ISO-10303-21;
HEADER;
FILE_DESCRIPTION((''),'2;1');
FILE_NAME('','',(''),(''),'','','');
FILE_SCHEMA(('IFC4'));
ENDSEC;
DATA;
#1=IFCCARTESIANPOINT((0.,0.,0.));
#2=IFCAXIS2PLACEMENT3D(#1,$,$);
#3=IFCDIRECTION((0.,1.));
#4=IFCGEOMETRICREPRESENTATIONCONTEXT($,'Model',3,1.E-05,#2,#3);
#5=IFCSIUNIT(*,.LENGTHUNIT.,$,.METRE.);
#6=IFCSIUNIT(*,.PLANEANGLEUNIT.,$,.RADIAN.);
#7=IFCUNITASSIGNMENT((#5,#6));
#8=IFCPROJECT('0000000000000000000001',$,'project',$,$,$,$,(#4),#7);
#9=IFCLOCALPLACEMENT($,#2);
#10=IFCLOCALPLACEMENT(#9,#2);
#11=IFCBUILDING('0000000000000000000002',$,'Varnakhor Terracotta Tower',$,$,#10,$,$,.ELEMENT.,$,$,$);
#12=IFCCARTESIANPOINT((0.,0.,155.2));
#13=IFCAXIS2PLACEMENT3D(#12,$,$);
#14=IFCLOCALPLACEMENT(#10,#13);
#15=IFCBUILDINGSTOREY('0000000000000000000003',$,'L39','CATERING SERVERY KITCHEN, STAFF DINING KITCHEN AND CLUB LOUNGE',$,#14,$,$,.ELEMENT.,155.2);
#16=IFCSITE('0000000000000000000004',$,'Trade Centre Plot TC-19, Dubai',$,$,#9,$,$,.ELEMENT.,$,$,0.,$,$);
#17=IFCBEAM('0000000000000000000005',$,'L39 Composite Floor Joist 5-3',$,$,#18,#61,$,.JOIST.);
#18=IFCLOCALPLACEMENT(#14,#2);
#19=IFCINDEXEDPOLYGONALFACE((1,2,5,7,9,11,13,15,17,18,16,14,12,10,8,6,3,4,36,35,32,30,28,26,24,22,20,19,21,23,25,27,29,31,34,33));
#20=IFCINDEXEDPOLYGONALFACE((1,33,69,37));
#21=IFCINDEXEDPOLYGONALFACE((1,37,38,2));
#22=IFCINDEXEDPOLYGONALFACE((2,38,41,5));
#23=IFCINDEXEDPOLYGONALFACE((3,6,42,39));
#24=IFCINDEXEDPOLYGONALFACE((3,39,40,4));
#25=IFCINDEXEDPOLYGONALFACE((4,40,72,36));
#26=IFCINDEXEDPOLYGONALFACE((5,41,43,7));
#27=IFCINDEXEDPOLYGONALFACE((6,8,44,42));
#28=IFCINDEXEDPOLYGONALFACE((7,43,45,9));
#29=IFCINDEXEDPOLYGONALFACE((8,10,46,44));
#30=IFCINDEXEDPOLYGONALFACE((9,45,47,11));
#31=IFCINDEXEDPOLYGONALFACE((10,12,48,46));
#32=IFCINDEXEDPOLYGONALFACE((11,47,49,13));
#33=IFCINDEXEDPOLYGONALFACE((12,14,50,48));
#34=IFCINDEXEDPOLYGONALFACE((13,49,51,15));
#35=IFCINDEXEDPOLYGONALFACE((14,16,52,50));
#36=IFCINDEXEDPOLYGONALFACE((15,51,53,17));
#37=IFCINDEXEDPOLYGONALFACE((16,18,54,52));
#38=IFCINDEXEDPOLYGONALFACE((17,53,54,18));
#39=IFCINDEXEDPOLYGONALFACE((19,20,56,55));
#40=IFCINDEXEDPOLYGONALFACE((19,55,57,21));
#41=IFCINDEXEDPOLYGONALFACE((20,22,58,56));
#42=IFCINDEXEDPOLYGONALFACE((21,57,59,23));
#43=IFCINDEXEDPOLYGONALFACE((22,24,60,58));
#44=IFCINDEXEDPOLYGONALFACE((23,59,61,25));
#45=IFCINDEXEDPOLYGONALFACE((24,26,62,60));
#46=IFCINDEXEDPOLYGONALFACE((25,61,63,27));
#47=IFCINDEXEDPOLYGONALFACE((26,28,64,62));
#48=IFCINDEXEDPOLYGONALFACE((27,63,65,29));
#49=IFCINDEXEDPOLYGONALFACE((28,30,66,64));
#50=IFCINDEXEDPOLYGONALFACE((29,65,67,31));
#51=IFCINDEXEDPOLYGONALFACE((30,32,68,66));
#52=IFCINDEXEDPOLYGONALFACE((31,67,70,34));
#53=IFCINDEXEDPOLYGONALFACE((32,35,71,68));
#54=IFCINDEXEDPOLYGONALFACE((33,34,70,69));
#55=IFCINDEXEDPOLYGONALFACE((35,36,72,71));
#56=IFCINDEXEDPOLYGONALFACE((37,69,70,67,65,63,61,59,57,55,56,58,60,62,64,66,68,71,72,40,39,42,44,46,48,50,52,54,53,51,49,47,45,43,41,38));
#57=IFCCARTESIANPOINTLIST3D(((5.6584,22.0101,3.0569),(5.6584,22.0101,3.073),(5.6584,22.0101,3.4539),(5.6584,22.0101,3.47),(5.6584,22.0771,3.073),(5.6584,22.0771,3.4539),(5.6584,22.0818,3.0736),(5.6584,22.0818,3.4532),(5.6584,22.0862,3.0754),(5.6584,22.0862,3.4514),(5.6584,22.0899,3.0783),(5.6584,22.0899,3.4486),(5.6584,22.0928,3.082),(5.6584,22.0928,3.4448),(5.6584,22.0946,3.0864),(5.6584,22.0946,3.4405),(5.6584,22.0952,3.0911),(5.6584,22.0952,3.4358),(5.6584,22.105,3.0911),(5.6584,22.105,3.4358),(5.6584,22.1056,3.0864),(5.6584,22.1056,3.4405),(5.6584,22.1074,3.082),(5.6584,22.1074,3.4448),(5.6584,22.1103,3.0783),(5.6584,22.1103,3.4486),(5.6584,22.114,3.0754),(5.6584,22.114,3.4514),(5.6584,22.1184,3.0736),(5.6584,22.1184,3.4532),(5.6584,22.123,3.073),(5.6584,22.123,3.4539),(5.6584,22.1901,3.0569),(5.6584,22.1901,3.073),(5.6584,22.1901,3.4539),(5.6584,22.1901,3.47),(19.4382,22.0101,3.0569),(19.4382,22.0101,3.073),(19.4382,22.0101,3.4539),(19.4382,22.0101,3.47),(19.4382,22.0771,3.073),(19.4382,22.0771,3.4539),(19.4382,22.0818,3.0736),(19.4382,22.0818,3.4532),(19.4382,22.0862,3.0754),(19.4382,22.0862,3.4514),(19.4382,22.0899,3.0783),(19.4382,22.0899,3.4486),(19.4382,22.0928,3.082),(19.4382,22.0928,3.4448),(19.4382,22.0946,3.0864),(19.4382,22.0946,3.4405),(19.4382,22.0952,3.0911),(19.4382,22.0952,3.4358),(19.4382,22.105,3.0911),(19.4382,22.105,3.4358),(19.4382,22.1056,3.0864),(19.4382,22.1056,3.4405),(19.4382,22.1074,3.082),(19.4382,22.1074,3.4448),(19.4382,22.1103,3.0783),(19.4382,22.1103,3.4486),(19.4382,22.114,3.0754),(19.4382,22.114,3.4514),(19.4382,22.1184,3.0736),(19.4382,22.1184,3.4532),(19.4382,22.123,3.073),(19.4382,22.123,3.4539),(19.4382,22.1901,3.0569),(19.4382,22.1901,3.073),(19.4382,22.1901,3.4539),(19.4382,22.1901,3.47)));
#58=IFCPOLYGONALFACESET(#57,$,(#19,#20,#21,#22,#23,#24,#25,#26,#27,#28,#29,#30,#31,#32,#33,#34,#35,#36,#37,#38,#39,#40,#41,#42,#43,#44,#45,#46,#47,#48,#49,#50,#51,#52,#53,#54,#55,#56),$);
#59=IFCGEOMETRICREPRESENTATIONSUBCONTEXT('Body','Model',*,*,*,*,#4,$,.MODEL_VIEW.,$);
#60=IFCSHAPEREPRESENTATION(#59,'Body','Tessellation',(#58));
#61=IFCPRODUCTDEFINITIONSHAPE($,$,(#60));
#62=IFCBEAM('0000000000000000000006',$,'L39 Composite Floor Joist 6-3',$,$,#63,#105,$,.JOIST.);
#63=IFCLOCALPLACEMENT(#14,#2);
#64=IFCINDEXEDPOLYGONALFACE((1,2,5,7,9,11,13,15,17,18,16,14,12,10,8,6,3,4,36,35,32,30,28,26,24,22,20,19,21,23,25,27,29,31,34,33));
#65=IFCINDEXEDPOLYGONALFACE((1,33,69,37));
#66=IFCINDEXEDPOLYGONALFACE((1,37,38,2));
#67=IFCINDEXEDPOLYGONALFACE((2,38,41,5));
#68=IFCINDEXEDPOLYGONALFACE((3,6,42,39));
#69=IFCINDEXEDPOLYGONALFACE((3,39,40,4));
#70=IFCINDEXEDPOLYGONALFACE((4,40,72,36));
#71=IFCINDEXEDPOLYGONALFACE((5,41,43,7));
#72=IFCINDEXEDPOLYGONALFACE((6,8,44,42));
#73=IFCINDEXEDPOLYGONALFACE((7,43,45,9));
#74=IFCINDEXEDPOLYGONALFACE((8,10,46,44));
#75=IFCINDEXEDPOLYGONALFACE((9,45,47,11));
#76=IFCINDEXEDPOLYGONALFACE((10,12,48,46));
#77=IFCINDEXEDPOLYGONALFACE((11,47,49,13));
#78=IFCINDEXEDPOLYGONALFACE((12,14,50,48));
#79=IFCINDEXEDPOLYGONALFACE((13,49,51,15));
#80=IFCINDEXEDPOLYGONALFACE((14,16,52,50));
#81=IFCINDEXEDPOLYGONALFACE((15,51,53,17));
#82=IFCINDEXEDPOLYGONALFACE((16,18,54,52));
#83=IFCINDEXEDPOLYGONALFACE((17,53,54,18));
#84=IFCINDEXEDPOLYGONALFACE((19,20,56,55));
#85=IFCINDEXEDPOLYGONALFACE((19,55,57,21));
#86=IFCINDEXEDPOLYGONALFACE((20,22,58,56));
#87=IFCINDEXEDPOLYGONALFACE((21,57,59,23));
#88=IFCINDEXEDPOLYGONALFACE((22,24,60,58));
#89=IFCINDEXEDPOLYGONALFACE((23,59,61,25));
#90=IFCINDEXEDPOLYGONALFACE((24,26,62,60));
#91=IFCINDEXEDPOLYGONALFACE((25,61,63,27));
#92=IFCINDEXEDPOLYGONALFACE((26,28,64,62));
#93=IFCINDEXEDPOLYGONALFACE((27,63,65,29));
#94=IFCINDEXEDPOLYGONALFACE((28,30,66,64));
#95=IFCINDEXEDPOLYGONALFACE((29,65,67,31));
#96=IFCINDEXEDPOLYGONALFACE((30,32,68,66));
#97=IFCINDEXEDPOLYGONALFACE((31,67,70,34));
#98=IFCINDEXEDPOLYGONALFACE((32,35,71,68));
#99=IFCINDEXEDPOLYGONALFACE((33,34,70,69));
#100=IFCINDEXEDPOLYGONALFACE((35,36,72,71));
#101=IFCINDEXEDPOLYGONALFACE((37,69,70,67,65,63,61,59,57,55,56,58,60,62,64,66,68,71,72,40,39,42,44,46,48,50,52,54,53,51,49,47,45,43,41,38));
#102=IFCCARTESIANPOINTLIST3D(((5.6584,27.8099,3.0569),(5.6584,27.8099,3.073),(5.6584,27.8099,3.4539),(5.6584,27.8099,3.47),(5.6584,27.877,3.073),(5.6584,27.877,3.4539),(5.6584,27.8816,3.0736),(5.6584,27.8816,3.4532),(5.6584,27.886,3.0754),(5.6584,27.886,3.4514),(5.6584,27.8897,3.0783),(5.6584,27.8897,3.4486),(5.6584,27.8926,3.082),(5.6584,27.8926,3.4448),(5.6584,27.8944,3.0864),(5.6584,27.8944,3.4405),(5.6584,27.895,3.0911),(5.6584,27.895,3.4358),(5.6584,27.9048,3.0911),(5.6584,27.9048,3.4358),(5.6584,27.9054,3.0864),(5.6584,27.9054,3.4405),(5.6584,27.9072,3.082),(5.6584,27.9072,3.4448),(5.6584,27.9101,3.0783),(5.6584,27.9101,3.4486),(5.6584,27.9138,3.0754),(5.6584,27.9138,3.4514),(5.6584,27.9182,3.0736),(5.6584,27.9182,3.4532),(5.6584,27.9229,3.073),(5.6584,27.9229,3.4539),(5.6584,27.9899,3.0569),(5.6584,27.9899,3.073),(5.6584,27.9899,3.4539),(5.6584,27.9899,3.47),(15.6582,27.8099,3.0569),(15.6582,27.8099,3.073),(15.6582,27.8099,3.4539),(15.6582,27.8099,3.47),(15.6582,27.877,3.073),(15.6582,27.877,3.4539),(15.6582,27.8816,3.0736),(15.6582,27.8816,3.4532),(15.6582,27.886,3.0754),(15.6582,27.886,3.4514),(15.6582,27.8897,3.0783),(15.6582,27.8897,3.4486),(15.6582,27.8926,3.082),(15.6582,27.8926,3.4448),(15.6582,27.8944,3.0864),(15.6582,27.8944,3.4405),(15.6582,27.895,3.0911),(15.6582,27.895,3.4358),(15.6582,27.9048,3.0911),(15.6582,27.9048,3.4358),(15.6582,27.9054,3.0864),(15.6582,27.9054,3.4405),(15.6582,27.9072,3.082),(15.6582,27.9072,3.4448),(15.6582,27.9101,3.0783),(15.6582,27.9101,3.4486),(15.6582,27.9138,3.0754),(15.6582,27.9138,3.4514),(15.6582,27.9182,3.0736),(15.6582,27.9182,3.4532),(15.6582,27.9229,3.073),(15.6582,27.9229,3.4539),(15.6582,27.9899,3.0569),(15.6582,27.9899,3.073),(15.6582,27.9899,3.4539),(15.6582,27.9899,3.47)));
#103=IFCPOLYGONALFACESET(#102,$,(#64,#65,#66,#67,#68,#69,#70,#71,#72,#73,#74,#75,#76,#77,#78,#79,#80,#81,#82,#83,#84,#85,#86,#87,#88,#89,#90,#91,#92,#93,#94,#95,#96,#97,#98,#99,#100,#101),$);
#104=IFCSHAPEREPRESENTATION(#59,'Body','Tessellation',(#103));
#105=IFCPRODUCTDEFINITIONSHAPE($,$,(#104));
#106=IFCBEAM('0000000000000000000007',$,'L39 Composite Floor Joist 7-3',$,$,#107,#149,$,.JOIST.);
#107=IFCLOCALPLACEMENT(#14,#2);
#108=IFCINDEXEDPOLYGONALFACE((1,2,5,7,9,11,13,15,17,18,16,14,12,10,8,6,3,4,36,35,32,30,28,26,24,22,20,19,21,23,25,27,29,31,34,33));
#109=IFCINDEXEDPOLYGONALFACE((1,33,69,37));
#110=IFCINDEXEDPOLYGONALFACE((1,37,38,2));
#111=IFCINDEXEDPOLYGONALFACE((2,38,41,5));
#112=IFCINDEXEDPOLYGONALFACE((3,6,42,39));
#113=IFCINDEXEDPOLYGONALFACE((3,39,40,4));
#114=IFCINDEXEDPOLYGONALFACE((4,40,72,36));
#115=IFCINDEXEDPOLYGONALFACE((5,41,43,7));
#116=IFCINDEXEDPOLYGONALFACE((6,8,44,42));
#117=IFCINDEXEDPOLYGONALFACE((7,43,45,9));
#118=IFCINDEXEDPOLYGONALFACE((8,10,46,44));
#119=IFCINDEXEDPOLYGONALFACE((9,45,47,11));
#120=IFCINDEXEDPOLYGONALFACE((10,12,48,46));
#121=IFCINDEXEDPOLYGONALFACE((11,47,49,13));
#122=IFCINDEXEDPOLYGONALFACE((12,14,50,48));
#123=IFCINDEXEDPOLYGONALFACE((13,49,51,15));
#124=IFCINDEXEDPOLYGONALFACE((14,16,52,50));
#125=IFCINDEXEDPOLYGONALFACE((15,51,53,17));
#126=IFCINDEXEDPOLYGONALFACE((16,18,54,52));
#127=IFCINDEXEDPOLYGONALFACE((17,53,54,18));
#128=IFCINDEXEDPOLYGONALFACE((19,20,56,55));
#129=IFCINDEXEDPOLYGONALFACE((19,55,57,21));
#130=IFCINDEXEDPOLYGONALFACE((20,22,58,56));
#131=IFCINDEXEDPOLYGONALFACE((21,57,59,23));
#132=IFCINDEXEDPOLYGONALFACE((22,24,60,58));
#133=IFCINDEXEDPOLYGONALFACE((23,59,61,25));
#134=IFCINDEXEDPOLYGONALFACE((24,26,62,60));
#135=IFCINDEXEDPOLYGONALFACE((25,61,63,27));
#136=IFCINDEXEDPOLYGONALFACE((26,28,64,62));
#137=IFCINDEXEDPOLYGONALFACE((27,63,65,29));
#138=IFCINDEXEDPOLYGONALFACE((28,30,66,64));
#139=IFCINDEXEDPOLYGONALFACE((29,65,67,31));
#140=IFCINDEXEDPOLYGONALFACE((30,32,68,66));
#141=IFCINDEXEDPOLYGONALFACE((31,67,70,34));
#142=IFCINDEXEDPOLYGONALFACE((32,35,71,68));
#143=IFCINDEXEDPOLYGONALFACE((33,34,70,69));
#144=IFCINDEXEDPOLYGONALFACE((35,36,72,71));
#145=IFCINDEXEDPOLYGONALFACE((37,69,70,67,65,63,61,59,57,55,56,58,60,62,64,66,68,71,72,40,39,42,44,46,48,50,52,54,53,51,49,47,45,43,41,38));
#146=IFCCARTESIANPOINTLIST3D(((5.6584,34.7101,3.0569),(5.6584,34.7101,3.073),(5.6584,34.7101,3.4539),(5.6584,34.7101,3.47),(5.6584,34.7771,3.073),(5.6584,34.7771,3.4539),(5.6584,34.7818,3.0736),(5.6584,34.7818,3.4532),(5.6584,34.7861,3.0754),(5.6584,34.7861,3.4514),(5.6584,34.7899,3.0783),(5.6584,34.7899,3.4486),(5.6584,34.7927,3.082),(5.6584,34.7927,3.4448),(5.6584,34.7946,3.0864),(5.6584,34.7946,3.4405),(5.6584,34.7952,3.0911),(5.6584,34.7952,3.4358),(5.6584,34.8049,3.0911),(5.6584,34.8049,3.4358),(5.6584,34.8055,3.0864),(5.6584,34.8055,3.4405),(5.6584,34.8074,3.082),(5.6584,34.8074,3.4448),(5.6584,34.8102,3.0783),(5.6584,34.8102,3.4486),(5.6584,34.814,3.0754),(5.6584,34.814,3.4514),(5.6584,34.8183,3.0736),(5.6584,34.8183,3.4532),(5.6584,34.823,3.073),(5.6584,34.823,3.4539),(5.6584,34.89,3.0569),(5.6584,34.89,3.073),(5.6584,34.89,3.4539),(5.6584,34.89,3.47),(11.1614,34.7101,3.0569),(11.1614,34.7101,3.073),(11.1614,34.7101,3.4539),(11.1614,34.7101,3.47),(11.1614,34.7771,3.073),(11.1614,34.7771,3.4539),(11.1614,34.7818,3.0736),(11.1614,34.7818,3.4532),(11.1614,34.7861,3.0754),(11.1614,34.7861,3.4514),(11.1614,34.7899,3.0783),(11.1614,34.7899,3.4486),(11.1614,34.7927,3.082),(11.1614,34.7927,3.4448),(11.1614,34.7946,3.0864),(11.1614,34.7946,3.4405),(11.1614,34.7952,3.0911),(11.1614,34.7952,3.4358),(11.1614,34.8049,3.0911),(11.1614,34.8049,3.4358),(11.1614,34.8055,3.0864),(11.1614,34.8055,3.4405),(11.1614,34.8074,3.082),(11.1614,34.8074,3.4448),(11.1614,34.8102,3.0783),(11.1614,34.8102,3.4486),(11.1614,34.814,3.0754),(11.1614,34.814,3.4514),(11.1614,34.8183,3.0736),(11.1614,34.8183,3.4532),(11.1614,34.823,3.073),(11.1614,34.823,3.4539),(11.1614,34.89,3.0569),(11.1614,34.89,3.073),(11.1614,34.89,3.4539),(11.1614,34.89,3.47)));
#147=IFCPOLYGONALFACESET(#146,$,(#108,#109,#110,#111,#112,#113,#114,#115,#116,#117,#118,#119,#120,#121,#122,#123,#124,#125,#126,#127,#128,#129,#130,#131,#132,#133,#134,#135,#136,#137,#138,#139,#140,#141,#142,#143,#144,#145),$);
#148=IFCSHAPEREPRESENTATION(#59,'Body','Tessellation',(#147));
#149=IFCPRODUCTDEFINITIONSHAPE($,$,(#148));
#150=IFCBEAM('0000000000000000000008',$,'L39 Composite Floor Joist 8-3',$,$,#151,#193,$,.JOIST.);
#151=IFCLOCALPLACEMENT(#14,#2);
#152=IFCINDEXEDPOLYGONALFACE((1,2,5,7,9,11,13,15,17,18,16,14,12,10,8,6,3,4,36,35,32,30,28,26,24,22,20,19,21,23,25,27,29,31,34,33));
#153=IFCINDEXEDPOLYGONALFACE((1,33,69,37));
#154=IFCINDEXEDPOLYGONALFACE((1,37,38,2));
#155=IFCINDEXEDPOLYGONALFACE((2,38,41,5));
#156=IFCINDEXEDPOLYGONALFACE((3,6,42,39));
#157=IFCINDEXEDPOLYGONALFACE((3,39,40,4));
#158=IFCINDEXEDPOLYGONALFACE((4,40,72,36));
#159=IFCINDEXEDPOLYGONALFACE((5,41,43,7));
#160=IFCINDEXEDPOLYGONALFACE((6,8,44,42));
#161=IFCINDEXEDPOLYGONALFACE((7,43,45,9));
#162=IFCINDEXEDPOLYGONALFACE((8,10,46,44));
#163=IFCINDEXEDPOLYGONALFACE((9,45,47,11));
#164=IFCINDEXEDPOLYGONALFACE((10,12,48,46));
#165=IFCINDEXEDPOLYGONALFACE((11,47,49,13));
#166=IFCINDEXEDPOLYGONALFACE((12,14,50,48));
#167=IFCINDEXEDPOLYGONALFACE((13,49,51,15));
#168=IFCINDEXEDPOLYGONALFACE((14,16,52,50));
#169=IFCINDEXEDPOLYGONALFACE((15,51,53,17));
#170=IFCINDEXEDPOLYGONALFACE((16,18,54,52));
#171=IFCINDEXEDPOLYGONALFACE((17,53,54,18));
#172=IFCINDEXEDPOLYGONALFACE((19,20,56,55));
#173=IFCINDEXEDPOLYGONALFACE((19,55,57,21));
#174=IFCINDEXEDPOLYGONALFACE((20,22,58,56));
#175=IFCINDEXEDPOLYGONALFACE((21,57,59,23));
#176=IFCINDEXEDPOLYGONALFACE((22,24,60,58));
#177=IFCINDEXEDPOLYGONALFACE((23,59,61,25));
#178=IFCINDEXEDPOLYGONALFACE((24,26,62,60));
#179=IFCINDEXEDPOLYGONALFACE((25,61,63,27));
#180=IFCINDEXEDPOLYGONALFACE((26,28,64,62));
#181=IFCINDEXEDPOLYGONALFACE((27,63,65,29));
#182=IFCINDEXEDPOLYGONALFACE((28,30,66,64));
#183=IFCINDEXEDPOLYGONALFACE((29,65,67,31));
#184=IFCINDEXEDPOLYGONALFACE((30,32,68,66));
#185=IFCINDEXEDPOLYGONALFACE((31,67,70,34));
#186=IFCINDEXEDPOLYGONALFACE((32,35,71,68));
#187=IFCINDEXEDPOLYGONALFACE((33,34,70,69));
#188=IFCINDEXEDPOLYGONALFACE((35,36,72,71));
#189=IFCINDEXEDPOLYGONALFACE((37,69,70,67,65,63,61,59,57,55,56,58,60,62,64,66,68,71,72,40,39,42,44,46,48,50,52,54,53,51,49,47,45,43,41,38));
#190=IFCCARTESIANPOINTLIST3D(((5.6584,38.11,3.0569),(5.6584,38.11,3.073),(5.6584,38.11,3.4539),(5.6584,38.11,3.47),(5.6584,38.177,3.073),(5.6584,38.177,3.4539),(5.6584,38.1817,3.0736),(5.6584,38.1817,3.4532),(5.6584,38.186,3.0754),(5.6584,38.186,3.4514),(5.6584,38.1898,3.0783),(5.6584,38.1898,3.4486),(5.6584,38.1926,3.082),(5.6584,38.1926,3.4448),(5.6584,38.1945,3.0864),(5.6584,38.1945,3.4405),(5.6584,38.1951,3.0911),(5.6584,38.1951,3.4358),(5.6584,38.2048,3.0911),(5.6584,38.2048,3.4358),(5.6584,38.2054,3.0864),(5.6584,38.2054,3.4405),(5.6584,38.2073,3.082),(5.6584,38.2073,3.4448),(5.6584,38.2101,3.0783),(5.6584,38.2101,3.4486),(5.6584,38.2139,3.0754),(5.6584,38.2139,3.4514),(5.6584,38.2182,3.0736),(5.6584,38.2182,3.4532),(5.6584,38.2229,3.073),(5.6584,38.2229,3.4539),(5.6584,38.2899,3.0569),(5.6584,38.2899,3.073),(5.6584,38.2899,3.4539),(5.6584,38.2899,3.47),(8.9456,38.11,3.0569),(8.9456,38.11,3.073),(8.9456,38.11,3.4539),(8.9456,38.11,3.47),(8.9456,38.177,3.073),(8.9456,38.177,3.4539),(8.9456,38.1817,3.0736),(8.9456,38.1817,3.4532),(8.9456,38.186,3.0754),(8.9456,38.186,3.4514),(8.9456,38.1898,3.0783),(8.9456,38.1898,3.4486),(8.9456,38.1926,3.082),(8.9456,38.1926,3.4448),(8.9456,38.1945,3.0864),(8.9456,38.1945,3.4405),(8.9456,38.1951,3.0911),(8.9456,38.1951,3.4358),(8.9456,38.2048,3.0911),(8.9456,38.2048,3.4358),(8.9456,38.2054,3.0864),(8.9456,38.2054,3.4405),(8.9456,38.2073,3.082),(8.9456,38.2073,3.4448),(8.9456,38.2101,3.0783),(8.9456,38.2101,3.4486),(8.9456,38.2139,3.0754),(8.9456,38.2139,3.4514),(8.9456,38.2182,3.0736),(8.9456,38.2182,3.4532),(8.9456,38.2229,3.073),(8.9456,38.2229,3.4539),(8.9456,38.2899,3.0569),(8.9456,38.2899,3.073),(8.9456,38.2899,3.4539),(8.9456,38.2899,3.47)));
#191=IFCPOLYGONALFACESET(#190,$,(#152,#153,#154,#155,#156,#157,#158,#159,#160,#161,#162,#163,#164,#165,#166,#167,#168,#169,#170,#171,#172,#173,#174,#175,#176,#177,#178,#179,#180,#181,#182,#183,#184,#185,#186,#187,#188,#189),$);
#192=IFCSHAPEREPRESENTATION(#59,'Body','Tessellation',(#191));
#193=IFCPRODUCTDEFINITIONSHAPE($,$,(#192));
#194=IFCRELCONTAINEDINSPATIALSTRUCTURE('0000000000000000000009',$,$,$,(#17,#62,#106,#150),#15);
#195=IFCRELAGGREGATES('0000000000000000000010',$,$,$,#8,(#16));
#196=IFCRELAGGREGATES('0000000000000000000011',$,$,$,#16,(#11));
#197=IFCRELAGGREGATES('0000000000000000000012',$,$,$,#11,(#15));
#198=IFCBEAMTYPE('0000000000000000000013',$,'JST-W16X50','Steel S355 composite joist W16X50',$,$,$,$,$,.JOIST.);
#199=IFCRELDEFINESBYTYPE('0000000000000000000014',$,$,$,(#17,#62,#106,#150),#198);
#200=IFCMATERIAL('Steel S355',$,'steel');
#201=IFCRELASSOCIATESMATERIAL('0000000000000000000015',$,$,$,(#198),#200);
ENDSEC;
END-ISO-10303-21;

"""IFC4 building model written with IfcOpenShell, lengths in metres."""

from ifc_helpers import new_model, si_unit, direction, frame, origin, origin_2d, place, context, subcontext, project, spatial, i_section, extrude, source, transform, mapped, material, material_profile, profile_set, type_object, element, save


model = new_model("IFC4")

# Units and contexts
model_context = context("Model", 3, precision=1e-05, world=origin(), true_north=direction((0.0, 1.0)))
body_context = subcontext(model_context, "Body", "Model", "MODEL_VIEW")
ifc_project = project(units=[si_unit("LENGTHUNIT", "METRE"), si_unit("PLANEANGLEUNIT", "RADIAN")], contexts=[model_context])

# Site, building, storey
site_placement = place(None, origin())
site = spatial("IfcSite", under=ifc_project, at=site_placement, Name="Trade Centre Plot TC-19, Dubai", CompositionType="ELEMENT", RefElevation=0.0)
building_placement = place(site_placement, origin())
building = spatial("IfcBuilding", under=site, at=building_placement, Name="Varnakhor Terracotta Tower", CompositionType="ELEMENT")
storey_placement = place(building_placement, frame((0.0, 0.0, 155.2)))
storey = spatial("IfcBuildingStorey", under=building, at=storey_placement, Name="L39", Description="CATERING SERVERY KITCHEN, STAFF DINING KITCHEN AND CLUB LOUNGE", CompositionType="ELEMENT", Elevation=155.2)

# Beams
ifc_material_1 = material(Name="Steel S355", Category="steel")
ifc_material_profile_1 = material_profile(ifc_material_1, i_section(OverallWidth=0.1799, OverallDepth=0.4131, WebThickness=0.0098, FlangeThickness=0.0161, FilletRadius=0.0181, at=origin_2d()), Name="W16X50")
ifc_profile_set_1 = profile_set([ifc_material_profile_1], Name="Steel S355")
beam_type_1 = type_object("IfcBeamType", Name="JST-W16X50", Description="Steel S355 composite joist W16X50", PredefinedType="JOIST", material=ifc_profile_set_1)
shared_shape_1 = source(origin(), body_context, "Body", "SweptSolid", [
    extrude(i_section(OverallWidth=0.1799, OverallDepth=0.4131, WebThickness=0.0098, FlangeThickness=0.0161, FilletRadius=0.0181, at=origin_2d()), origin(), (0.0, 0.0, 1.0), 13.7798),
])
beam_1_placement = place(storey_placement, frame((5.6584, 22.1001, 3.2634), z_axis=(1.0, 0.0, 0.0), x_axis=(0.0, 1.0, 0.0)))
element("IfcBeam", 1, at=beam_1_placement, inside=storey, type_object=beam_type_1, Name="L39 Composite Floor Joist 5-3", PredefinedType="JOIST", context=body_context, shape_type="MappedRepresentation", body=[
    mapped(shared_shape_1, transform((0.0, 0.0, 0.0), scale=1.0)),
])
shared_shape_2 = source(origin(), body_context, "Body", "SweptSolid", [
    extrude(i_section(OverallWidth=0.1799, OverallDepth=0.4131, WebThickness=0.0098, FlangeThickness=0.0161, FilletRadius=0.0181, at=origin_2d()), origin(), (0.0, 0.0, 1.0), 9.9998),
])
beam_2_placement = place(storey_placement, frame((5.6584, 27.8999, 3.2634), z_axis=(1.0, 0.0, 0.0), x_axis=(0.0, 1.0, 0.0)))
element("IfcBeam", 2, at=beam_2_placement, inside=storey, type_object=beam_type_1, Name="L39 Composite Floor Joist 6-3", PredefinedType="JOIST", context=body_context, shape_type="MappedRepresentation", body=[
    mapped(shared_shape_2, transform((0.0, 0.0, 0.0), scale=1.0)),
])
shared_shape_3 = source(origin(), body_context, "Body", "SweptSolid", [
    extrude(i_section(OverallWidth=0.1799, OverallDepth=0.4131, WebThickness=0.0098, FlangeThickness=0.0161, FilletRadius=0.0181, at=origin_2d()), origin(), (0.0, 0.0, 1.0), 5.5029),
])
beam_3_placement = place(storey_placement, frame((5.6584, 34.8, 3.2634), z_axis=(1.0, 0.0, 0.0), x_axis=(0.0, 1.0, 0.0)))
element("IfcBeam", 3, at=beam_3_placement, inside=storey, type_object=beam_type_1, Name="L39 Composite Floor Joist 7-3", PredefinedType="JOIST", context=body_context, shape_type="MappedRepresentation", body=[
    mapped(shared_shape_3, transform((0.0, 0.0, 0.0), scale=1.0)),
])
shared_shape_4 = source(origin(), body_context, "Body", "SweptSolid", [
    extrude(i_section(OverallWidth=0.1799, OverallDepth=0.4131, WebThickness=0.0098, FlangeThickness=0.0161, FilletRadius=0.0181, at=origin_2d()), origin(), (0.0, 0.0, 1.0), 3.2871),
])
beam_4_placement = place(storey_placement, frame((5.6584, 38.2, 3.2634), z_axis=(1.0, 0.0, 0.0), x_axis=(0.0, 1.0, 0.0)))
element("IfcBeam", 4, at=beam_4_placement, inside=storey, type_object=beam_type_1, Name="L39 Composite Floor Joist 8-3", PredefinedType="JOIST", context=body_context, shape_type="MappedRepresentation", body=[
    mapped(shared_shape_4, transform((0.0, 0.0, 0.0), scale=1.0)),
])

save(model, "model.ifc")
